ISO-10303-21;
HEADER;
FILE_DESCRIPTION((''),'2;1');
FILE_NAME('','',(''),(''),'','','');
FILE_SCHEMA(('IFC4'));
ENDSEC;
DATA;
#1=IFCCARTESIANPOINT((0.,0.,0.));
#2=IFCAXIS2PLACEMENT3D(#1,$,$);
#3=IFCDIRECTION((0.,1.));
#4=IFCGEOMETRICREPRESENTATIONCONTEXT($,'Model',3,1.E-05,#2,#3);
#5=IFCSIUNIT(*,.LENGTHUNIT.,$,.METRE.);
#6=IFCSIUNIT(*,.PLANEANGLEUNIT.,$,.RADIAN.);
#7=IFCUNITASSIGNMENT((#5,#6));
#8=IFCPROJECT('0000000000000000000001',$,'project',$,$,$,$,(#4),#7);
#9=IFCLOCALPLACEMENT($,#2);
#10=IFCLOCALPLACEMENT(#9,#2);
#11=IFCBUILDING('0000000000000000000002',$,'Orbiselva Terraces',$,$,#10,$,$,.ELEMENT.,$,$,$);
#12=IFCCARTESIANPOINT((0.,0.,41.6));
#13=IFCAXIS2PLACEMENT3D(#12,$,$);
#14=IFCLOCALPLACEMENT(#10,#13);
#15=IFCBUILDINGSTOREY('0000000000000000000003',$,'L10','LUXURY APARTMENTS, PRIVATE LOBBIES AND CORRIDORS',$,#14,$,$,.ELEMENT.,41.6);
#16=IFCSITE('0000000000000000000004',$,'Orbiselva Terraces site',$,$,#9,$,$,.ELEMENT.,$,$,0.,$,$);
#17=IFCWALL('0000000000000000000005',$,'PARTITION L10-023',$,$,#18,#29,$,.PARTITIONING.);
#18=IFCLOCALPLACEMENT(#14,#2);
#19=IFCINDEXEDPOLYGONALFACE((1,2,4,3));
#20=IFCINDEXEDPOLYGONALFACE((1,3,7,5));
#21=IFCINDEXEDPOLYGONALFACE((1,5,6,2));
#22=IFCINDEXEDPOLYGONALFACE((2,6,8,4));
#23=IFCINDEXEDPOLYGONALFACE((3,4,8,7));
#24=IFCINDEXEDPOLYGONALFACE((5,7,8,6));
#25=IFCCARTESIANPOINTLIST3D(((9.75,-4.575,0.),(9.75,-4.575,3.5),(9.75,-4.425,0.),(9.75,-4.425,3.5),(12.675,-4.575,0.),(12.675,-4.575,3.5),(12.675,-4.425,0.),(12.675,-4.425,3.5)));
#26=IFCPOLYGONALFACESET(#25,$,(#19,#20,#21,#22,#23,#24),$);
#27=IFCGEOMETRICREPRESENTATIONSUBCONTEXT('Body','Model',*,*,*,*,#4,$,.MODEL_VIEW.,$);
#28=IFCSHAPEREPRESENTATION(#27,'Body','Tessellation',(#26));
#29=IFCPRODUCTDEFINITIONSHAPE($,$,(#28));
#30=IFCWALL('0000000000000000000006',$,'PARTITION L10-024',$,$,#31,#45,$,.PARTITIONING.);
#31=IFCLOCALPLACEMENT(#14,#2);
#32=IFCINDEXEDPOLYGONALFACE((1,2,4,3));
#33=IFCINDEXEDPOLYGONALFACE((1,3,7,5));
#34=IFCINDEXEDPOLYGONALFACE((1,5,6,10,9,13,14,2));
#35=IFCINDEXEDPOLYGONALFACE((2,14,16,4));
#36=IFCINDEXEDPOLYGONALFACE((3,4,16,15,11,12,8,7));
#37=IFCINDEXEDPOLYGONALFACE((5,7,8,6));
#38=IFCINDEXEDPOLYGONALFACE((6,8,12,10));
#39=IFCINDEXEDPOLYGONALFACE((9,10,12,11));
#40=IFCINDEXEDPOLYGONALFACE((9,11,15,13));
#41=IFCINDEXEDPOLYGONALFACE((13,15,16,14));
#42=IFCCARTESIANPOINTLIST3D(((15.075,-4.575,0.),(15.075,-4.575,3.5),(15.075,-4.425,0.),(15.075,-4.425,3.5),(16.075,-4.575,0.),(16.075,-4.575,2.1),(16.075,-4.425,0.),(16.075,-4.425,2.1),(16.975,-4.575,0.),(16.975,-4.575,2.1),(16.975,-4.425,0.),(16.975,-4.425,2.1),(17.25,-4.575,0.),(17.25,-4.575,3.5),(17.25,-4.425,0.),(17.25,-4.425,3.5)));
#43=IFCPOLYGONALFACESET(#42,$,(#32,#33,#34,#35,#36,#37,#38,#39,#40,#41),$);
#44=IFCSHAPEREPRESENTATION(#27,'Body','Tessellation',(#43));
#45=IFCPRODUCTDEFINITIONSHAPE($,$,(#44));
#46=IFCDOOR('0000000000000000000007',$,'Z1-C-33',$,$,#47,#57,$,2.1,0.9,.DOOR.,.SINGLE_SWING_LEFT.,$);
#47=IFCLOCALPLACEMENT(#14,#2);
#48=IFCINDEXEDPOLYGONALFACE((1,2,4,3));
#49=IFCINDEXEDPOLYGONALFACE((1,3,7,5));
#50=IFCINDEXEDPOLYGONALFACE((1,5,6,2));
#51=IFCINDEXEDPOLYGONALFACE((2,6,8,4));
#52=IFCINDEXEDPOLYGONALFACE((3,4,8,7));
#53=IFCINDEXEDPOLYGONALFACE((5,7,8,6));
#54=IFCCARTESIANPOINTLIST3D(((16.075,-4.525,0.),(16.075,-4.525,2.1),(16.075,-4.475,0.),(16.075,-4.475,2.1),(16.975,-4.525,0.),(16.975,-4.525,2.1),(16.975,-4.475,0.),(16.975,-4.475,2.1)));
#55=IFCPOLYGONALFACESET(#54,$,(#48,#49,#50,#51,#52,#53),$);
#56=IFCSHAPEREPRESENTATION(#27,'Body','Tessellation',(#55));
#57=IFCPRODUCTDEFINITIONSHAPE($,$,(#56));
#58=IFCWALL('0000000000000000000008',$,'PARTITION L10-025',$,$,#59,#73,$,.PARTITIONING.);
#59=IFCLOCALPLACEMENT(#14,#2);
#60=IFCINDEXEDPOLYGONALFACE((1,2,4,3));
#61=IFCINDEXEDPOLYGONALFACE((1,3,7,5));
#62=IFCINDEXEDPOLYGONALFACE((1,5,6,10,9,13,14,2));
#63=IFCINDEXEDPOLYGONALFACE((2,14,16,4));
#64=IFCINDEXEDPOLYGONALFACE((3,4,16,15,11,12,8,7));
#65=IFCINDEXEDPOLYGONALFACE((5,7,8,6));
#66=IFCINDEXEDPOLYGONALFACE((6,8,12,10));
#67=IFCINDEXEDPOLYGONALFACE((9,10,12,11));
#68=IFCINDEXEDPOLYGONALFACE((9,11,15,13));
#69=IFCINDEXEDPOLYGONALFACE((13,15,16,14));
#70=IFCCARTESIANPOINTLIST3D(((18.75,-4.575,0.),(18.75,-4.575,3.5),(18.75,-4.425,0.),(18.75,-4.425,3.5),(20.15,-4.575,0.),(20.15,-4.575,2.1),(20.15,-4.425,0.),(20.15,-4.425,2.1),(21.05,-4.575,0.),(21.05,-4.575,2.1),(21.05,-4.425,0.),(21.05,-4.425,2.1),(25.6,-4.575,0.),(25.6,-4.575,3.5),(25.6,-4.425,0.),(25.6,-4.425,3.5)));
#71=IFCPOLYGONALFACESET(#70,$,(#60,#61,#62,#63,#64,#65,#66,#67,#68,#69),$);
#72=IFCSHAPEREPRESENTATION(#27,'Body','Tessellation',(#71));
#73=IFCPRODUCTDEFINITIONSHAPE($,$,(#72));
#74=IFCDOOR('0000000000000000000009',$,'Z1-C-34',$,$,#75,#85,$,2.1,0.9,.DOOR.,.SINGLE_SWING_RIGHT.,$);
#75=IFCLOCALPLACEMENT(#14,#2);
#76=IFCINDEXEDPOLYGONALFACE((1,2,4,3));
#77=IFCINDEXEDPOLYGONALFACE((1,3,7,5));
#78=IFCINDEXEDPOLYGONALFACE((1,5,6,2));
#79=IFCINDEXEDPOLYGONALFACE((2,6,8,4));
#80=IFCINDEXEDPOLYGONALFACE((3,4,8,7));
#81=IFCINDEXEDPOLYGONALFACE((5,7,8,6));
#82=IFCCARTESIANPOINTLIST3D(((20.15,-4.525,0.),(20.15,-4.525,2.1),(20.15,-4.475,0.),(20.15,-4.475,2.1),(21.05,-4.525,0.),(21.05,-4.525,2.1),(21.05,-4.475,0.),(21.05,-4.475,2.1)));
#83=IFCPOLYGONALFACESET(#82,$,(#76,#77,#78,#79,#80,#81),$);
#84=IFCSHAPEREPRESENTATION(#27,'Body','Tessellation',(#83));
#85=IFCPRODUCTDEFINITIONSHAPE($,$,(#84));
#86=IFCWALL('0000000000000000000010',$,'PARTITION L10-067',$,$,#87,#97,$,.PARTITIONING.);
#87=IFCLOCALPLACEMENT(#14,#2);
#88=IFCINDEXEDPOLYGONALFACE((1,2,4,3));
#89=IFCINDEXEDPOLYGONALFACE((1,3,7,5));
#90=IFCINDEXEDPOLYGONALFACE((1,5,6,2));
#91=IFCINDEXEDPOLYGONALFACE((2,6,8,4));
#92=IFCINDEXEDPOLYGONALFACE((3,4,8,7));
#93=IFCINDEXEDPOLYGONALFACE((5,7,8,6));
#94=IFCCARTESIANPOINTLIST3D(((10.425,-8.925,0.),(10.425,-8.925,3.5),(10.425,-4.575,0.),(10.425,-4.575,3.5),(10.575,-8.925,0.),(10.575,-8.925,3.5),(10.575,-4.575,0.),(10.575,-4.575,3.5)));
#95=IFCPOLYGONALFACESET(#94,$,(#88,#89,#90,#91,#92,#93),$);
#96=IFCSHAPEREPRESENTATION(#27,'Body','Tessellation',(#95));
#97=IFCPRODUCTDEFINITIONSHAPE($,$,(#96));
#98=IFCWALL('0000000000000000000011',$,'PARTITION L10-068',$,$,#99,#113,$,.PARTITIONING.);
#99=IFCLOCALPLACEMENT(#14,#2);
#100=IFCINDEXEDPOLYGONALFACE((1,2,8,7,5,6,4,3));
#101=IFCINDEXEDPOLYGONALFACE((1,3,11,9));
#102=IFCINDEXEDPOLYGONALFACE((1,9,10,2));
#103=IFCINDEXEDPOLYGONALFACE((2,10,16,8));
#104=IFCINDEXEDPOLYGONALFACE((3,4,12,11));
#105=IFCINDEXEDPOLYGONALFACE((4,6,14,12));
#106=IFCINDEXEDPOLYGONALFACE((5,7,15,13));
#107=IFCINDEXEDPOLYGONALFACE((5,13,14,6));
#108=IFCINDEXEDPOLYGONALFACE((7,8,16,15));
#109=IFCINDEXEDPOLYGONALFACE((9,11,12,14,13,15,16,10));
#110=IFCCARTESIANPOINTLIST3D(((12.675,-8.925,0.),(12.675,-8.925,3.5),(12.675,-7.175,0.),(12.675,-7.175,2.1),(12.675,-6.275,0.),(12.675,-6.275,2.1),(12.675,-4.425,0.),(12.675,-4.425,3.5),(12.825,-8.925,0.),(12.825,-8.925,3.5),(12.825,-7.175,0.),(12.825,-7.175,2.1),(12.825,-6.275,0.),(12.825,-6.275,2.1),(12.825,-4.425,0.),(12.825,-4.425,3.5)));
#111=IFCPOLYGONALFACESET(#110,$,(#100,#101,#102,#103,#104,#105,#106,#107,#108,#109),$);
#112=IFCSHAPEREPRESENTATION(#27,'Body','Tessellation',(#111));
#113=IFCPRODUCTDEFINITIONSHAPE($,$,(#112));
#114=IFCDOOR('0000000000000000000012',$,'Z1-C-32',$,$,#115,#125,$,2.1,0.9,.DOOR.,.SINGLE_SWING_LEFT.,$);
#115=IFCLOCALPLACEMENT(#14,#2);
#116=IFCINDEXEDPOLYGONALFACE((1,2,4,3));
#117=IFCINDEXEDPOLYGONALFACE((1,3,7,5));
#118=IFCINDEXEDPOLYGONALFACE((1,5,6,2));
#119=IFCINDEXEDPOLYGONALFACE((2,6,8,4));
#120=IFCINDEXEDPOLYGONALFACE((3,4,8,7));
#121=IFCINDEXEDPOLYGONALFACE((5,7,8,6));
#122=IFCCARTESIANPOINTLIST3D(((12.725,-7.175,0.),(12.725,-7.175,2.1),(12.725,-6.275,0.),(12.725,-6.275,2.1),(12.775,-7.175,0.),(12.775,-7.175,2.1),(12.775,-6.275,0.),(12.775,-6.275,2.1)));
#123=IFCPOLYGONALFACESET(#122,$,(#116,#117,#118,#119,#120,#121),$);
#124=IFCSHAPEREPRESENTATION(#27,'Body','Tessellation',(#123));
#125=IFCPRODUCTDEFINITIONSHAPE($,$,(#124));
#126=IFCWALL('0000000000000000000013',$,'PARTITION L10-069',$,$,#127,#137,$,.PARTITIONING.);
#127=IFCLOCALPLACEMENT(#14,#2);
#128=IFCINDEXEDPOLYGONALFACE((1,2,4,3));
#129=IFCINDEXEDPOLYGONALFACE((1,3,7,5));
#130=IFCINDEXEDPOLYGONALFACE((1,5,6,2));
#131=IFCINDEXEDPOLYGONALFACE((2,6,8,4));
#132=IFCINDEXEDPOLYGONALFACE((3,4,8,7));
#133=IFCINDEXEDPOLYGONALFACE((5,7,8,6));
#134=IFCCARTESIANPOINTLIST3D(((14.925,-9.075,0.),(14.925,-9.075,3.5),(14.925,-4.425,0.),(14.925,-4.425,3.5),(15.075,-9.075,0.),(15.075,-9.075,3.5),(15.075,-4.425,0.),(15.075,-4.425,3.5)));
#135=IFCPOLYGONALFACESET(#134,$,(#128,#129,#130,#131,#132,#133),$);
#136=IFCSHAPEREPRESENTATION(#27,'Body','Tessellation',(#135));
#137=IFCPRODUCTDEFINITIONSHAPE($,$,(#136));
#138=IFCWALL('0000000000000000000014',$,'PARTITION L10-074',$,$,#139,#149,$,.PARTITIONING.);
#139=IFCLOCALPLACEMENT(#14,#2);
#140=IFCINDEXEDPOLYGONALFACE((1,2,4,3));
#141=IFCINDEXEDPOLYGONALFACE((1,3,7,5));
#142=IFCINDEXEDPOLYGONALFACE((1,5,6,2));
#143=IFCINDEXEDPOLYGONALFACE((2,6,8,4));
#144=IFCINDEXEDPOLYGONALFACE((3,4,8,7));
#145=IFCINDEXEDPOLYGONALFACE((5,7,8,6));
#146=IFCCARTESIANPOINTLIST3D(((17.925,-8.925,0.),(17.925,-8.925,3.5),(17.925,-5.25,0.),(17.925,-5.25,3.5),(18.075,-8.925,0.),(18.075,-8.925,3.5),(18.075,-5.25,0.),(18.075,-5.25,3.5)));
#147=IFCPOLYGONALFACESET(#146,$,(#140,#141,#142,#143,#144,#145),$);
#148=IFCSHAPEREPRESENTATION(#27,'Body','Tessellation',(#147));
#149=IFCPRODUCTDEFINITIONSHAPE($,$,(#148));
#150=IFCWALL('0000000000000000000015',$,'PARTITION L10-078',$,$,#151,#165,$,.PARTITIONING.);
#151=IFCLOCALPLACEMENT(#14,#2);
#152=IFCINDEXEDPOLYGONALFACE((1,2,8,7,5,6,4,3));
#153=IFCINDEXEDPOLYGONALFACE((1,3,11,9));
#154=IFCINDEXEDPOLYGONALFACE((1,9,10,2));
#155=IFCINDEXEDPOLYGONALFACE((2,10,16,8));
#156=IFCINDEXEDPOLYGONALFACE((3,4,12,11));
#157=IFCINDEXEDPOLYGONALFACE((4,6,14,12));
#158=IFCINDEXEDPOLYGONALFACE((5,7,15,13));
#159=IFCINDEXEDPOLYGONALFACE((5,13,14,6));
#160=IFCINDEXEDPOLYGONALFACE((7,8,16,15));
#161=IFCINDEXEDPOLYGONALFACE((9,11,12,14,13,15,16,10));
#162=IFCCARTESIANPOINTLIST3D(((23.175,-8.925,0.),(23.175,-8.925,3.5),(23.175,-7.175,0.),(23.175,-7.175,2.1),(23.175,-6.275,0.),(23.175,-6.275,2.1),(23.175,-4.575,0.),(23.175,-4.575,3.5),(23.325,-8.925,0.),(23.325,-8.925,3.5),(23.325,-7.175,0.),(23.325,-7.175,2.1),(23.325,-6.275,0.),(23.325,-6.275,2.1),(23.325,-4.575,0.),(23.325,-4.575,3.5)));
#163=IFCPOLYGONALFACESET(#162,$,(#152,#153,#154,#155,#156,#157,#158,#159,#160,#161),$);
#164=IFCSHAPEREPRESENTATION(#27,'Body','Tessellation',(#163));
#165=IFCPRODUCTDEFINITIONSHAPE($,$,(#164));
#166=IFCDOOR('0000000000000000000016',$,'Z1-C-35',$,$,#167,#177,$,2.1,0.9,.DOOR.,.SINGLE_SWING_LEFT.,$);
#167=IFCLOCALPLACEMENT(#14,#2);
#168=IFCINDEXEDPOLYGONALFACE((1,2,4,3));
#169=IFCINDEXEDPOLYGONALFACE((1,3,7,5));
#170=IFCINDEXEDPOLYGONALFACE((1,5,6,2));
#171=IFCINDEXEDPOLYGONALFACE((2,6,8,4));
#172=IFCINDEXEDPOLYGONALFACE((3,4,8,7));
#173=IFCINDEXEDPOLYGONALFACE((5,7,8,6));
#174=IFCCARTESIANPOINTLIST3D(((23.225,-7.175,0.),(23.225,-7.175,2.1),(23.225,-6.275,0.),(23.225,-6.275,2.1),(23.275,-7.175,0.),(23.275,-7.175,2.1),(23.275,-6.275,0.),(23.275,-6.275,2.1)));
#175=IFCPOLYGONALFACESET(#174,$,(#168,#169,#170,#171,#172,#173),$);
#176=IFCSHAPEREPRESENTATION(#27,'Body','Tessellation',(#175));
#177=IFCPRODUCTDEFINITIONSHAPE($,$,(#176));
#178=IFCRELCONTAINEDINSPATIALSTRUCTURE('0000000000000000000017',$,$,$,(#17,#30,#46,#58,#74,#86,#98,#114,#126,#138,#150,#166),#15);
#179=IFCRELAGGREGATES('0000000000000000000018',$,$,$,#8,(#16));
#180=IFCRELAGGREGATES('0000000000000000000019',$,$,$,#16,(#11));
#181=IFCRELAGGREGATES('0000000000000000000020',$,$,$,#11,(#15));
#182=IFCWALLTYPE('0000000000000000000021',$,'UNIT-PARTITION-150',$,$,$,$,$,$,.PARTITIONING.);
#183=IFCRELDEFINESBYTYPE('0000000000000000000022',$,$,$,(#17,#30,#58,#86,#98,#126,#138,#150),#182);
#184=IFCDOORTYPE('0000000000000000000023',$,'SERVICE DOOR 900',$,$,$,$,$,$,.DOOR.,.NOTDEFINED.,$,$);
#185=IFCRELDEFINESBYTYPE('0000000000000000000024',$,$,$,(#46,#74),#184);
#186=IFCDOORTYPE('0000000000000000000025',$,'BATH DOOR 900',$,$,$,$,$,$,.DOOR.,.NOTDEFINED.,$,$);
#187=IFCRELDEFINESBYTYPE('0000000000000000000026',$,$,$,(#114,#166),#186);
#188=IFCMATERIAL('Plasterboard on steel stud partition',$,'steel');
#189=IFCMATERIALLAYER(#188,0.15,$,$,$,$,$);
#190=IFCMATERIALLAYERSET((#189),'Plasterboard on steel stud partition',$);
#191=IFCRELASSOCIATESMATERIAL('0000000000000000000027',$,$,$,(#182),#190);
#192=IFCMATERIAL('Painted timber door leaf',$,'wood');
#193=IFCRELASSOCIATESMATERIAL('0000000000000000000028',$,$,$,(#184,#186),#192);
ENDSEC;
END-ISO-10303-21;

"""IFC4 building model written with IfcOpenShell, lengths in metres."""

from ifc_helpers import new_model, si_unit, direction, frame, frame_2d, origin, place, context, subcontext, project, spatial, rectangle, extrude, material, layer, layer_set, type_object, element, fill, save


model = new_model("IFC4")

# Units and contexts
model_context = context("Model", 3, precision=1e-05, world=origin(), true_north=direction((0.0, 1.0)))
body_context = subcontext(model_context, "Body", "Model", "MODEL_VIEW")
ifc_project = project(units=[si_unit("LENGTHUNIT", "METRE"), si_unit("PLANEANGLEUNIT", "RADIAN")], contexts=[model_context])

# Site, building, storey
site_placement = place(None, origin())
site = spatial("IfcSite", under=ifc_project, at=site_placement, Name="Orbiselva Terraces site", CompositionType="ELEMENT", RefElevation=0.0)
building_placement = place(site_placement, origin())
building = spatial("IfcBuilding", under=site, at=building_placement, Name="Orbiselva Terraces", CompositionType="ELEMENT")
storey_placement = place(building_placement, frame((0.0, 0.0, 41.6)))
storey = spatial("IfcBuildingStorey", under=building, at=storey_placement, Name="L10", Description="LUXURY APARTMENTS, PRIVATE LOBBIES AND CORRIDORS", CompositionType="ELEMENT", Elevation=41.6)

# Shared definitions
ifc_material_1 = material(Name="Plasterboard on steel stud partition", Category="steel")

# Shared definitions
ifc_layer_1 = layer(ifc_material_1, 0.15)
ifc_layer_set_1 = layer_set([ifc_layer_1], Name="Plasterboard on steel stud partition")
wall_type_1 = type_object("IfcWallType", Name="UNIT-PARTITION-150", PredefinedType="PARTITIONING", material=ifc_layer_set_1)
ifc_material_2 = material(Name="Painted timber door leaf", Category="wood")

# Wall
wall_1_placement = place(storey_placement, frame((9.75, -4.5, 0.0), z_axis=(0.0, 0.0, 1.0), x_axis=(1.0, 0.0, 0.0)))
element("IfcWall", 1, at=wall_1_placement, inside=storey, type_object=wall_type_1, Name="PARTITION L10-023", PredefinedType="PARTITIONING", context=body_context, shape_type="SweptSolid", body=[
    extrude(rectangle(XDim=2.925, YDim=0.15, at=frame_2d((1.4625, 0.0))), origin(), (0.0, 0.0, 1.0), 3.5),
])

# Walls, openings, doors
wall_2_placement = place(storey_placement, frame((17.25, -4.5, 0.0), z_axis=(0.0, 0.0, 1.0), x_axis=(-1.0, 0.0, 0.0)))
wall_2 = element("IfcWall", 2, at=wall_2_placement, inside=storey, type_object=wall_type_1, Name="PARTITION L10-024", PredefinedType="PARTITIONING", context=body_context, shape_type="SweptSolid", body=[
    extrude(rectangle(XDim=2.175, YDim=0.15, at=frame_2d((1.0875, 0.0))), origin(), (0.0, 0.0, 1.0), 3.5),
])
opening_1_placement = place(wall_2_placement, frame((0.275, 0.0, 0.0)))
opening_1 = element("IfcOpeningElement", 3, at=opening_1_placement, cuts=wall_2, PredefinedType="OPENING", context=body_context, shape_type="SweptSolid", body=[
    extrude(rectangle(XDim=0.9, YDim=2.1, at=frame_2d((0.45, 1.05))), frame((0.0, 0.085, 0.0), z_axis=(0.0, -1.0, 0.0), x_axis=(1.0, 0.0, 0.0)), (0.0, 0.0, 1.0), 0.17),
])
door_type_1 = type_object("IfcDoorType", Name="SERVICE DOOR 900", OperationType="NOTDEFINED", PredefinedType="DOOR", material=ifc_material_2)
door_1_placement = place(opening_1_placement, origin())
door_1 = element("IfcDoor", 4, at=door_1_placement, inside=storey, type_object=door_type_1, Name="Z1-C-33", OperationType="SINGLE_SWING_LEFT", OverallHeight=2.1, OverallWidth=0.9, PredefinedType="DOOR", context=body_context, shape_type="SweptSolid", body=[
    extrude(rectangle(XDim=0.9, YDim=2.1, at=frame_2d((0.45, 1.05))), frame((0.0, 0.025, 0.0), z_axis=(0.0, -1.0, 0.0), x_axis=(1.0, 0.0, 0.0)), (0.0, 0.0, 1.0), 0.05),
])
fill(opening_1, door_1)
wall_3_placement = place(storey_placement, frame((25.6, -4.5, 0.0), z_axis=(0.0, 0.0, 1.0), x_axis=(-1.0, 0.0, 0.0)))
wall_3 = element("IfcWall", 5, at=wall_3_placement, inside=storey, type_object=wall_type_1, Name="PARTITION L10-025", PredefinedType="PARTITIONING", context=body_context, shape_type="SweptSolid", body=[
    extrude(rectangle(XDim=6.85, YDim=0.15, at=frame_2d((3.425, 0.0))), origin(), (0.0, 0.0, 1.0), 3.5),
])
opening_2_placement = place(wall_3_placement, frame((4.55, 0.0, 0.0)))
opening_2 = element("IfcOpeningElement", 6, at=opening_2_placement, cuts=wall_3, PredefinedType="OPENING", context=body_context, shape_type="SweptSolid", body=[
    extrude(rectangle(XDim=0.9, YDim=2.1, at=frame_2d((0.45, 1.05))), frame((0.0, 0.085, 0.0), z_axis=(0.0, -1.0, 0.0), x_axis=(1.0, 0.0, 0.0)), (0.0, 0.0, 1.0), 0.17),
])
door_2_placement = place(opening_2_placement, origin())
door_2 = element("IfcDoor", 7, at=door_2_placement, inside=storey, type_object=door_type_1, Name="Z1-C-34", OperationType="SINGLE_SWING_RIGHT", OverallHeight=2.1, OverallWidth=0.9, PredefinedType="DOOR", context=body_context, shape_type="SweptSolid", body=[
    extrude(rectangle(XDim=0.9, YDim=2.1, at=frame_2d((0.45, 1.05))), frame((0.0, 0.025, 0.0), z_axis=(0.0, -1.0, 0.0), x_axis=(1.0, 0.0, 0.0)), (0.0, 0.0, 1.0), 0.05),
])
fill(opening_2, door_2)

# Wall
wall_4_placement = place(storey_placement, frame((10.5, -8.925, 0.0), z_axis=(0.0, 0.0, 1.0), x_axis=(0.0, 1.0, 0.0)))
element("IfcWall", 8, at=wall_4_placement, inside=storey, type_object=wall_type_1, Name="PARTITION L10-067", PredefinedType="PARTITIONING", context=body_context, shape_type="SweptSolid", body=[
    extrude(rectangle(XDim=4.35, YDim=0.15, at=frame_2d((2.175, 0.0))), origin(), (0.0, 0.0, 1.0), 3.5),
])

# Wall, opening, door
wall_5_placement = place(storey_placement, frame((12.75, -8.925, 0.0), z_axis=(0.0, 0.0, 1.0), x_axis=(0.0, 1.0, 0.0)))
wall_5 = element("IfcWall", 9, at=wall_5_placement, inside=storey, type_object=wall_type_1, Name="PARTITION L10-068", PredefinedType="PARTITIONING", context=body_context, shape_type="SweptSolid", body=[
    extrude(rectangle(XDim=4.5, YDim=0.15, at=frame_2d((2.25, 0.0))), origin(), (0.0, 0.0, 1.0), 3.5),
])
opening_3_placement = place(wall_5_placement, frame((1.75, 0.0, 0.0)))
opening_3 = element("IfcOpeningElement", 10, at=opening_3_placement, cuts=wall_5, PredefinedType="OPENING", context=body_context, shape_type="SweptSolid", body=[
    extrude(rectangle(XDim=0.9, YDim=2.1, at=frame_2d((0.45, 1.05))), frame((0.0, 0.085, 0.0), z_axis=(0.0, -1.0, 0.0), x_axis=(1.0, 0.0, 0.0)), (0.0, 0.0, 1.0), 0.17),
])
door_type_2 = type_object("IfcDoorType", Name="BATH DOOR 900", OperationType="NOTDEFINED", PredefinedType="DOOR", material=ifc_material_2)
door_3_placement = place(opening_3_placement, origin())
door_3 = element("IfcDoor", 11, at=door_3_placement, inside=storey, type_object=door_type_2, Name="Z1-C-32", OperationType="SINGLE_SWING_LEFT", OverallHeight=2.1, OverallWidth=0.9, PredefinedType="DOOR", context=body_context, shape_type="SweptSolid", body=[
    extrude(rectangle(XDim=0.9, YDim=2.1, at=frame_2d((0.45, 1.05))), frame((0.0, 0.025, 0.0), z_axis=(0.0, -1.0, 0.0), x_axis=(1.0, 0.0, 0.0)), (0.0, 0.0, 1.0), 0.05),
])
fill(opening_3, door_3)

# Walls
wall_6_placement = place(storey_placement, frame((15.0, -9.075, 0.0), z_axis=(0.0, 0.0, 1.0), x_axis=(0.0, 1.0, 0.0)))
element("IfcWall", 12, at=wall_6_placement, inside=storey, type_object=wall_type_1, Name="PARTITION L10-069", PredefinedType="PARTITIONING", context=body_context, shape_type="SweptSolid", body=[
    extrude(rectangle(XDim=4.65, YDim=0.15, at=frame_2d((2.325, 0.0))), origin(), (0.0, 0.0, 1.0), 3.5),
])
wall_7_placement = place(storey_placement, frame((18.0, -8.925, 0.0), z_axis=(0.0, 0.0, 1.0), x_axis=(0.0, 1.0, 0.0)))
element("IfcWall", 13, at=wall_7_placement, inside=storey, type_object=wall_type_1, Name="PARTITION L10-074", PredefinedType="PARTITIONING", context=body_context, shape_type="SweptSolid", body=[
    extrude(rectangle(XDim=3.675, YDim=0.15, at=frame_2d((1.8375, 0.0))), origin(), (0.0, 0.0, 1.0), 3.5),
])

# Wall, opening, door
wall_8_placement = place(storey_placement, frame((23.25, -4.575, 0.0), z_axis=(0.0, 0.0, 1.0), x_axis=(0.0, -1.0, 0.0)))
wall_8 = element("IfcWall", 14, at=wall_8_placement, inside=storey, type_object=wall_type_1, Name="PARTITION L10-078", PredefinedType="PARTITIONING", context=body_context, shape_type="SweptSolid", body=[
    extrude(rectangle(XDim=4.35, YDim=0.15, at=frame_2d((2.175, 0.0))), origin(), (0.0, 0.0, 1.0), 3.5),
])
opening_4_placement = place(wall_8_placement, frame((1.7, 0.0, 0.0)))
opening_4 = element("IfcOpeningElement", 15, at=opening_4_placement, cuts=wall_8, PredefinedType="OPENING", context=body_context, shape_type="SweptSolid", body=[
    extrude(rectangle(XDim=0.9, YDim=2.1, at=frame_2d((0.45, 1.05))), frame((0.0, 0.085, 0.0), z_axis=(0.0, -1.0, 0.0), x_axis=(1.0, 0.0, 0.0)), (0.0, 0.0, 1.0), 0.17),
])
door_4_placement = place(opening_4_placement, origin())
door_4 = element("IfcDoor", 16, at=door_4_placement, inside=storey, type_object=door_type_2, Name="Z1-C-35", OperationType="SINGLE_SWING_LEFT", OverallHeight=2.1, OverallWidth=0.9, PredefinedType="DOOR", context=body_context, shape_type="SweptSolid", body=[
    extrude(rectangle(XDim=0.9, YDim=2.1, at=frame_2d((0.45, 1.05))), frame((0.0, 0.025, 0.0), z_axis=(0.0, -1.0, 0.0), x_axis=(1.0, 0.0, 0.0)), (0.0, 0.0, 1.0), 0.05),
])
fill(opening_4, door_4)

save(model, "model.ifc")
